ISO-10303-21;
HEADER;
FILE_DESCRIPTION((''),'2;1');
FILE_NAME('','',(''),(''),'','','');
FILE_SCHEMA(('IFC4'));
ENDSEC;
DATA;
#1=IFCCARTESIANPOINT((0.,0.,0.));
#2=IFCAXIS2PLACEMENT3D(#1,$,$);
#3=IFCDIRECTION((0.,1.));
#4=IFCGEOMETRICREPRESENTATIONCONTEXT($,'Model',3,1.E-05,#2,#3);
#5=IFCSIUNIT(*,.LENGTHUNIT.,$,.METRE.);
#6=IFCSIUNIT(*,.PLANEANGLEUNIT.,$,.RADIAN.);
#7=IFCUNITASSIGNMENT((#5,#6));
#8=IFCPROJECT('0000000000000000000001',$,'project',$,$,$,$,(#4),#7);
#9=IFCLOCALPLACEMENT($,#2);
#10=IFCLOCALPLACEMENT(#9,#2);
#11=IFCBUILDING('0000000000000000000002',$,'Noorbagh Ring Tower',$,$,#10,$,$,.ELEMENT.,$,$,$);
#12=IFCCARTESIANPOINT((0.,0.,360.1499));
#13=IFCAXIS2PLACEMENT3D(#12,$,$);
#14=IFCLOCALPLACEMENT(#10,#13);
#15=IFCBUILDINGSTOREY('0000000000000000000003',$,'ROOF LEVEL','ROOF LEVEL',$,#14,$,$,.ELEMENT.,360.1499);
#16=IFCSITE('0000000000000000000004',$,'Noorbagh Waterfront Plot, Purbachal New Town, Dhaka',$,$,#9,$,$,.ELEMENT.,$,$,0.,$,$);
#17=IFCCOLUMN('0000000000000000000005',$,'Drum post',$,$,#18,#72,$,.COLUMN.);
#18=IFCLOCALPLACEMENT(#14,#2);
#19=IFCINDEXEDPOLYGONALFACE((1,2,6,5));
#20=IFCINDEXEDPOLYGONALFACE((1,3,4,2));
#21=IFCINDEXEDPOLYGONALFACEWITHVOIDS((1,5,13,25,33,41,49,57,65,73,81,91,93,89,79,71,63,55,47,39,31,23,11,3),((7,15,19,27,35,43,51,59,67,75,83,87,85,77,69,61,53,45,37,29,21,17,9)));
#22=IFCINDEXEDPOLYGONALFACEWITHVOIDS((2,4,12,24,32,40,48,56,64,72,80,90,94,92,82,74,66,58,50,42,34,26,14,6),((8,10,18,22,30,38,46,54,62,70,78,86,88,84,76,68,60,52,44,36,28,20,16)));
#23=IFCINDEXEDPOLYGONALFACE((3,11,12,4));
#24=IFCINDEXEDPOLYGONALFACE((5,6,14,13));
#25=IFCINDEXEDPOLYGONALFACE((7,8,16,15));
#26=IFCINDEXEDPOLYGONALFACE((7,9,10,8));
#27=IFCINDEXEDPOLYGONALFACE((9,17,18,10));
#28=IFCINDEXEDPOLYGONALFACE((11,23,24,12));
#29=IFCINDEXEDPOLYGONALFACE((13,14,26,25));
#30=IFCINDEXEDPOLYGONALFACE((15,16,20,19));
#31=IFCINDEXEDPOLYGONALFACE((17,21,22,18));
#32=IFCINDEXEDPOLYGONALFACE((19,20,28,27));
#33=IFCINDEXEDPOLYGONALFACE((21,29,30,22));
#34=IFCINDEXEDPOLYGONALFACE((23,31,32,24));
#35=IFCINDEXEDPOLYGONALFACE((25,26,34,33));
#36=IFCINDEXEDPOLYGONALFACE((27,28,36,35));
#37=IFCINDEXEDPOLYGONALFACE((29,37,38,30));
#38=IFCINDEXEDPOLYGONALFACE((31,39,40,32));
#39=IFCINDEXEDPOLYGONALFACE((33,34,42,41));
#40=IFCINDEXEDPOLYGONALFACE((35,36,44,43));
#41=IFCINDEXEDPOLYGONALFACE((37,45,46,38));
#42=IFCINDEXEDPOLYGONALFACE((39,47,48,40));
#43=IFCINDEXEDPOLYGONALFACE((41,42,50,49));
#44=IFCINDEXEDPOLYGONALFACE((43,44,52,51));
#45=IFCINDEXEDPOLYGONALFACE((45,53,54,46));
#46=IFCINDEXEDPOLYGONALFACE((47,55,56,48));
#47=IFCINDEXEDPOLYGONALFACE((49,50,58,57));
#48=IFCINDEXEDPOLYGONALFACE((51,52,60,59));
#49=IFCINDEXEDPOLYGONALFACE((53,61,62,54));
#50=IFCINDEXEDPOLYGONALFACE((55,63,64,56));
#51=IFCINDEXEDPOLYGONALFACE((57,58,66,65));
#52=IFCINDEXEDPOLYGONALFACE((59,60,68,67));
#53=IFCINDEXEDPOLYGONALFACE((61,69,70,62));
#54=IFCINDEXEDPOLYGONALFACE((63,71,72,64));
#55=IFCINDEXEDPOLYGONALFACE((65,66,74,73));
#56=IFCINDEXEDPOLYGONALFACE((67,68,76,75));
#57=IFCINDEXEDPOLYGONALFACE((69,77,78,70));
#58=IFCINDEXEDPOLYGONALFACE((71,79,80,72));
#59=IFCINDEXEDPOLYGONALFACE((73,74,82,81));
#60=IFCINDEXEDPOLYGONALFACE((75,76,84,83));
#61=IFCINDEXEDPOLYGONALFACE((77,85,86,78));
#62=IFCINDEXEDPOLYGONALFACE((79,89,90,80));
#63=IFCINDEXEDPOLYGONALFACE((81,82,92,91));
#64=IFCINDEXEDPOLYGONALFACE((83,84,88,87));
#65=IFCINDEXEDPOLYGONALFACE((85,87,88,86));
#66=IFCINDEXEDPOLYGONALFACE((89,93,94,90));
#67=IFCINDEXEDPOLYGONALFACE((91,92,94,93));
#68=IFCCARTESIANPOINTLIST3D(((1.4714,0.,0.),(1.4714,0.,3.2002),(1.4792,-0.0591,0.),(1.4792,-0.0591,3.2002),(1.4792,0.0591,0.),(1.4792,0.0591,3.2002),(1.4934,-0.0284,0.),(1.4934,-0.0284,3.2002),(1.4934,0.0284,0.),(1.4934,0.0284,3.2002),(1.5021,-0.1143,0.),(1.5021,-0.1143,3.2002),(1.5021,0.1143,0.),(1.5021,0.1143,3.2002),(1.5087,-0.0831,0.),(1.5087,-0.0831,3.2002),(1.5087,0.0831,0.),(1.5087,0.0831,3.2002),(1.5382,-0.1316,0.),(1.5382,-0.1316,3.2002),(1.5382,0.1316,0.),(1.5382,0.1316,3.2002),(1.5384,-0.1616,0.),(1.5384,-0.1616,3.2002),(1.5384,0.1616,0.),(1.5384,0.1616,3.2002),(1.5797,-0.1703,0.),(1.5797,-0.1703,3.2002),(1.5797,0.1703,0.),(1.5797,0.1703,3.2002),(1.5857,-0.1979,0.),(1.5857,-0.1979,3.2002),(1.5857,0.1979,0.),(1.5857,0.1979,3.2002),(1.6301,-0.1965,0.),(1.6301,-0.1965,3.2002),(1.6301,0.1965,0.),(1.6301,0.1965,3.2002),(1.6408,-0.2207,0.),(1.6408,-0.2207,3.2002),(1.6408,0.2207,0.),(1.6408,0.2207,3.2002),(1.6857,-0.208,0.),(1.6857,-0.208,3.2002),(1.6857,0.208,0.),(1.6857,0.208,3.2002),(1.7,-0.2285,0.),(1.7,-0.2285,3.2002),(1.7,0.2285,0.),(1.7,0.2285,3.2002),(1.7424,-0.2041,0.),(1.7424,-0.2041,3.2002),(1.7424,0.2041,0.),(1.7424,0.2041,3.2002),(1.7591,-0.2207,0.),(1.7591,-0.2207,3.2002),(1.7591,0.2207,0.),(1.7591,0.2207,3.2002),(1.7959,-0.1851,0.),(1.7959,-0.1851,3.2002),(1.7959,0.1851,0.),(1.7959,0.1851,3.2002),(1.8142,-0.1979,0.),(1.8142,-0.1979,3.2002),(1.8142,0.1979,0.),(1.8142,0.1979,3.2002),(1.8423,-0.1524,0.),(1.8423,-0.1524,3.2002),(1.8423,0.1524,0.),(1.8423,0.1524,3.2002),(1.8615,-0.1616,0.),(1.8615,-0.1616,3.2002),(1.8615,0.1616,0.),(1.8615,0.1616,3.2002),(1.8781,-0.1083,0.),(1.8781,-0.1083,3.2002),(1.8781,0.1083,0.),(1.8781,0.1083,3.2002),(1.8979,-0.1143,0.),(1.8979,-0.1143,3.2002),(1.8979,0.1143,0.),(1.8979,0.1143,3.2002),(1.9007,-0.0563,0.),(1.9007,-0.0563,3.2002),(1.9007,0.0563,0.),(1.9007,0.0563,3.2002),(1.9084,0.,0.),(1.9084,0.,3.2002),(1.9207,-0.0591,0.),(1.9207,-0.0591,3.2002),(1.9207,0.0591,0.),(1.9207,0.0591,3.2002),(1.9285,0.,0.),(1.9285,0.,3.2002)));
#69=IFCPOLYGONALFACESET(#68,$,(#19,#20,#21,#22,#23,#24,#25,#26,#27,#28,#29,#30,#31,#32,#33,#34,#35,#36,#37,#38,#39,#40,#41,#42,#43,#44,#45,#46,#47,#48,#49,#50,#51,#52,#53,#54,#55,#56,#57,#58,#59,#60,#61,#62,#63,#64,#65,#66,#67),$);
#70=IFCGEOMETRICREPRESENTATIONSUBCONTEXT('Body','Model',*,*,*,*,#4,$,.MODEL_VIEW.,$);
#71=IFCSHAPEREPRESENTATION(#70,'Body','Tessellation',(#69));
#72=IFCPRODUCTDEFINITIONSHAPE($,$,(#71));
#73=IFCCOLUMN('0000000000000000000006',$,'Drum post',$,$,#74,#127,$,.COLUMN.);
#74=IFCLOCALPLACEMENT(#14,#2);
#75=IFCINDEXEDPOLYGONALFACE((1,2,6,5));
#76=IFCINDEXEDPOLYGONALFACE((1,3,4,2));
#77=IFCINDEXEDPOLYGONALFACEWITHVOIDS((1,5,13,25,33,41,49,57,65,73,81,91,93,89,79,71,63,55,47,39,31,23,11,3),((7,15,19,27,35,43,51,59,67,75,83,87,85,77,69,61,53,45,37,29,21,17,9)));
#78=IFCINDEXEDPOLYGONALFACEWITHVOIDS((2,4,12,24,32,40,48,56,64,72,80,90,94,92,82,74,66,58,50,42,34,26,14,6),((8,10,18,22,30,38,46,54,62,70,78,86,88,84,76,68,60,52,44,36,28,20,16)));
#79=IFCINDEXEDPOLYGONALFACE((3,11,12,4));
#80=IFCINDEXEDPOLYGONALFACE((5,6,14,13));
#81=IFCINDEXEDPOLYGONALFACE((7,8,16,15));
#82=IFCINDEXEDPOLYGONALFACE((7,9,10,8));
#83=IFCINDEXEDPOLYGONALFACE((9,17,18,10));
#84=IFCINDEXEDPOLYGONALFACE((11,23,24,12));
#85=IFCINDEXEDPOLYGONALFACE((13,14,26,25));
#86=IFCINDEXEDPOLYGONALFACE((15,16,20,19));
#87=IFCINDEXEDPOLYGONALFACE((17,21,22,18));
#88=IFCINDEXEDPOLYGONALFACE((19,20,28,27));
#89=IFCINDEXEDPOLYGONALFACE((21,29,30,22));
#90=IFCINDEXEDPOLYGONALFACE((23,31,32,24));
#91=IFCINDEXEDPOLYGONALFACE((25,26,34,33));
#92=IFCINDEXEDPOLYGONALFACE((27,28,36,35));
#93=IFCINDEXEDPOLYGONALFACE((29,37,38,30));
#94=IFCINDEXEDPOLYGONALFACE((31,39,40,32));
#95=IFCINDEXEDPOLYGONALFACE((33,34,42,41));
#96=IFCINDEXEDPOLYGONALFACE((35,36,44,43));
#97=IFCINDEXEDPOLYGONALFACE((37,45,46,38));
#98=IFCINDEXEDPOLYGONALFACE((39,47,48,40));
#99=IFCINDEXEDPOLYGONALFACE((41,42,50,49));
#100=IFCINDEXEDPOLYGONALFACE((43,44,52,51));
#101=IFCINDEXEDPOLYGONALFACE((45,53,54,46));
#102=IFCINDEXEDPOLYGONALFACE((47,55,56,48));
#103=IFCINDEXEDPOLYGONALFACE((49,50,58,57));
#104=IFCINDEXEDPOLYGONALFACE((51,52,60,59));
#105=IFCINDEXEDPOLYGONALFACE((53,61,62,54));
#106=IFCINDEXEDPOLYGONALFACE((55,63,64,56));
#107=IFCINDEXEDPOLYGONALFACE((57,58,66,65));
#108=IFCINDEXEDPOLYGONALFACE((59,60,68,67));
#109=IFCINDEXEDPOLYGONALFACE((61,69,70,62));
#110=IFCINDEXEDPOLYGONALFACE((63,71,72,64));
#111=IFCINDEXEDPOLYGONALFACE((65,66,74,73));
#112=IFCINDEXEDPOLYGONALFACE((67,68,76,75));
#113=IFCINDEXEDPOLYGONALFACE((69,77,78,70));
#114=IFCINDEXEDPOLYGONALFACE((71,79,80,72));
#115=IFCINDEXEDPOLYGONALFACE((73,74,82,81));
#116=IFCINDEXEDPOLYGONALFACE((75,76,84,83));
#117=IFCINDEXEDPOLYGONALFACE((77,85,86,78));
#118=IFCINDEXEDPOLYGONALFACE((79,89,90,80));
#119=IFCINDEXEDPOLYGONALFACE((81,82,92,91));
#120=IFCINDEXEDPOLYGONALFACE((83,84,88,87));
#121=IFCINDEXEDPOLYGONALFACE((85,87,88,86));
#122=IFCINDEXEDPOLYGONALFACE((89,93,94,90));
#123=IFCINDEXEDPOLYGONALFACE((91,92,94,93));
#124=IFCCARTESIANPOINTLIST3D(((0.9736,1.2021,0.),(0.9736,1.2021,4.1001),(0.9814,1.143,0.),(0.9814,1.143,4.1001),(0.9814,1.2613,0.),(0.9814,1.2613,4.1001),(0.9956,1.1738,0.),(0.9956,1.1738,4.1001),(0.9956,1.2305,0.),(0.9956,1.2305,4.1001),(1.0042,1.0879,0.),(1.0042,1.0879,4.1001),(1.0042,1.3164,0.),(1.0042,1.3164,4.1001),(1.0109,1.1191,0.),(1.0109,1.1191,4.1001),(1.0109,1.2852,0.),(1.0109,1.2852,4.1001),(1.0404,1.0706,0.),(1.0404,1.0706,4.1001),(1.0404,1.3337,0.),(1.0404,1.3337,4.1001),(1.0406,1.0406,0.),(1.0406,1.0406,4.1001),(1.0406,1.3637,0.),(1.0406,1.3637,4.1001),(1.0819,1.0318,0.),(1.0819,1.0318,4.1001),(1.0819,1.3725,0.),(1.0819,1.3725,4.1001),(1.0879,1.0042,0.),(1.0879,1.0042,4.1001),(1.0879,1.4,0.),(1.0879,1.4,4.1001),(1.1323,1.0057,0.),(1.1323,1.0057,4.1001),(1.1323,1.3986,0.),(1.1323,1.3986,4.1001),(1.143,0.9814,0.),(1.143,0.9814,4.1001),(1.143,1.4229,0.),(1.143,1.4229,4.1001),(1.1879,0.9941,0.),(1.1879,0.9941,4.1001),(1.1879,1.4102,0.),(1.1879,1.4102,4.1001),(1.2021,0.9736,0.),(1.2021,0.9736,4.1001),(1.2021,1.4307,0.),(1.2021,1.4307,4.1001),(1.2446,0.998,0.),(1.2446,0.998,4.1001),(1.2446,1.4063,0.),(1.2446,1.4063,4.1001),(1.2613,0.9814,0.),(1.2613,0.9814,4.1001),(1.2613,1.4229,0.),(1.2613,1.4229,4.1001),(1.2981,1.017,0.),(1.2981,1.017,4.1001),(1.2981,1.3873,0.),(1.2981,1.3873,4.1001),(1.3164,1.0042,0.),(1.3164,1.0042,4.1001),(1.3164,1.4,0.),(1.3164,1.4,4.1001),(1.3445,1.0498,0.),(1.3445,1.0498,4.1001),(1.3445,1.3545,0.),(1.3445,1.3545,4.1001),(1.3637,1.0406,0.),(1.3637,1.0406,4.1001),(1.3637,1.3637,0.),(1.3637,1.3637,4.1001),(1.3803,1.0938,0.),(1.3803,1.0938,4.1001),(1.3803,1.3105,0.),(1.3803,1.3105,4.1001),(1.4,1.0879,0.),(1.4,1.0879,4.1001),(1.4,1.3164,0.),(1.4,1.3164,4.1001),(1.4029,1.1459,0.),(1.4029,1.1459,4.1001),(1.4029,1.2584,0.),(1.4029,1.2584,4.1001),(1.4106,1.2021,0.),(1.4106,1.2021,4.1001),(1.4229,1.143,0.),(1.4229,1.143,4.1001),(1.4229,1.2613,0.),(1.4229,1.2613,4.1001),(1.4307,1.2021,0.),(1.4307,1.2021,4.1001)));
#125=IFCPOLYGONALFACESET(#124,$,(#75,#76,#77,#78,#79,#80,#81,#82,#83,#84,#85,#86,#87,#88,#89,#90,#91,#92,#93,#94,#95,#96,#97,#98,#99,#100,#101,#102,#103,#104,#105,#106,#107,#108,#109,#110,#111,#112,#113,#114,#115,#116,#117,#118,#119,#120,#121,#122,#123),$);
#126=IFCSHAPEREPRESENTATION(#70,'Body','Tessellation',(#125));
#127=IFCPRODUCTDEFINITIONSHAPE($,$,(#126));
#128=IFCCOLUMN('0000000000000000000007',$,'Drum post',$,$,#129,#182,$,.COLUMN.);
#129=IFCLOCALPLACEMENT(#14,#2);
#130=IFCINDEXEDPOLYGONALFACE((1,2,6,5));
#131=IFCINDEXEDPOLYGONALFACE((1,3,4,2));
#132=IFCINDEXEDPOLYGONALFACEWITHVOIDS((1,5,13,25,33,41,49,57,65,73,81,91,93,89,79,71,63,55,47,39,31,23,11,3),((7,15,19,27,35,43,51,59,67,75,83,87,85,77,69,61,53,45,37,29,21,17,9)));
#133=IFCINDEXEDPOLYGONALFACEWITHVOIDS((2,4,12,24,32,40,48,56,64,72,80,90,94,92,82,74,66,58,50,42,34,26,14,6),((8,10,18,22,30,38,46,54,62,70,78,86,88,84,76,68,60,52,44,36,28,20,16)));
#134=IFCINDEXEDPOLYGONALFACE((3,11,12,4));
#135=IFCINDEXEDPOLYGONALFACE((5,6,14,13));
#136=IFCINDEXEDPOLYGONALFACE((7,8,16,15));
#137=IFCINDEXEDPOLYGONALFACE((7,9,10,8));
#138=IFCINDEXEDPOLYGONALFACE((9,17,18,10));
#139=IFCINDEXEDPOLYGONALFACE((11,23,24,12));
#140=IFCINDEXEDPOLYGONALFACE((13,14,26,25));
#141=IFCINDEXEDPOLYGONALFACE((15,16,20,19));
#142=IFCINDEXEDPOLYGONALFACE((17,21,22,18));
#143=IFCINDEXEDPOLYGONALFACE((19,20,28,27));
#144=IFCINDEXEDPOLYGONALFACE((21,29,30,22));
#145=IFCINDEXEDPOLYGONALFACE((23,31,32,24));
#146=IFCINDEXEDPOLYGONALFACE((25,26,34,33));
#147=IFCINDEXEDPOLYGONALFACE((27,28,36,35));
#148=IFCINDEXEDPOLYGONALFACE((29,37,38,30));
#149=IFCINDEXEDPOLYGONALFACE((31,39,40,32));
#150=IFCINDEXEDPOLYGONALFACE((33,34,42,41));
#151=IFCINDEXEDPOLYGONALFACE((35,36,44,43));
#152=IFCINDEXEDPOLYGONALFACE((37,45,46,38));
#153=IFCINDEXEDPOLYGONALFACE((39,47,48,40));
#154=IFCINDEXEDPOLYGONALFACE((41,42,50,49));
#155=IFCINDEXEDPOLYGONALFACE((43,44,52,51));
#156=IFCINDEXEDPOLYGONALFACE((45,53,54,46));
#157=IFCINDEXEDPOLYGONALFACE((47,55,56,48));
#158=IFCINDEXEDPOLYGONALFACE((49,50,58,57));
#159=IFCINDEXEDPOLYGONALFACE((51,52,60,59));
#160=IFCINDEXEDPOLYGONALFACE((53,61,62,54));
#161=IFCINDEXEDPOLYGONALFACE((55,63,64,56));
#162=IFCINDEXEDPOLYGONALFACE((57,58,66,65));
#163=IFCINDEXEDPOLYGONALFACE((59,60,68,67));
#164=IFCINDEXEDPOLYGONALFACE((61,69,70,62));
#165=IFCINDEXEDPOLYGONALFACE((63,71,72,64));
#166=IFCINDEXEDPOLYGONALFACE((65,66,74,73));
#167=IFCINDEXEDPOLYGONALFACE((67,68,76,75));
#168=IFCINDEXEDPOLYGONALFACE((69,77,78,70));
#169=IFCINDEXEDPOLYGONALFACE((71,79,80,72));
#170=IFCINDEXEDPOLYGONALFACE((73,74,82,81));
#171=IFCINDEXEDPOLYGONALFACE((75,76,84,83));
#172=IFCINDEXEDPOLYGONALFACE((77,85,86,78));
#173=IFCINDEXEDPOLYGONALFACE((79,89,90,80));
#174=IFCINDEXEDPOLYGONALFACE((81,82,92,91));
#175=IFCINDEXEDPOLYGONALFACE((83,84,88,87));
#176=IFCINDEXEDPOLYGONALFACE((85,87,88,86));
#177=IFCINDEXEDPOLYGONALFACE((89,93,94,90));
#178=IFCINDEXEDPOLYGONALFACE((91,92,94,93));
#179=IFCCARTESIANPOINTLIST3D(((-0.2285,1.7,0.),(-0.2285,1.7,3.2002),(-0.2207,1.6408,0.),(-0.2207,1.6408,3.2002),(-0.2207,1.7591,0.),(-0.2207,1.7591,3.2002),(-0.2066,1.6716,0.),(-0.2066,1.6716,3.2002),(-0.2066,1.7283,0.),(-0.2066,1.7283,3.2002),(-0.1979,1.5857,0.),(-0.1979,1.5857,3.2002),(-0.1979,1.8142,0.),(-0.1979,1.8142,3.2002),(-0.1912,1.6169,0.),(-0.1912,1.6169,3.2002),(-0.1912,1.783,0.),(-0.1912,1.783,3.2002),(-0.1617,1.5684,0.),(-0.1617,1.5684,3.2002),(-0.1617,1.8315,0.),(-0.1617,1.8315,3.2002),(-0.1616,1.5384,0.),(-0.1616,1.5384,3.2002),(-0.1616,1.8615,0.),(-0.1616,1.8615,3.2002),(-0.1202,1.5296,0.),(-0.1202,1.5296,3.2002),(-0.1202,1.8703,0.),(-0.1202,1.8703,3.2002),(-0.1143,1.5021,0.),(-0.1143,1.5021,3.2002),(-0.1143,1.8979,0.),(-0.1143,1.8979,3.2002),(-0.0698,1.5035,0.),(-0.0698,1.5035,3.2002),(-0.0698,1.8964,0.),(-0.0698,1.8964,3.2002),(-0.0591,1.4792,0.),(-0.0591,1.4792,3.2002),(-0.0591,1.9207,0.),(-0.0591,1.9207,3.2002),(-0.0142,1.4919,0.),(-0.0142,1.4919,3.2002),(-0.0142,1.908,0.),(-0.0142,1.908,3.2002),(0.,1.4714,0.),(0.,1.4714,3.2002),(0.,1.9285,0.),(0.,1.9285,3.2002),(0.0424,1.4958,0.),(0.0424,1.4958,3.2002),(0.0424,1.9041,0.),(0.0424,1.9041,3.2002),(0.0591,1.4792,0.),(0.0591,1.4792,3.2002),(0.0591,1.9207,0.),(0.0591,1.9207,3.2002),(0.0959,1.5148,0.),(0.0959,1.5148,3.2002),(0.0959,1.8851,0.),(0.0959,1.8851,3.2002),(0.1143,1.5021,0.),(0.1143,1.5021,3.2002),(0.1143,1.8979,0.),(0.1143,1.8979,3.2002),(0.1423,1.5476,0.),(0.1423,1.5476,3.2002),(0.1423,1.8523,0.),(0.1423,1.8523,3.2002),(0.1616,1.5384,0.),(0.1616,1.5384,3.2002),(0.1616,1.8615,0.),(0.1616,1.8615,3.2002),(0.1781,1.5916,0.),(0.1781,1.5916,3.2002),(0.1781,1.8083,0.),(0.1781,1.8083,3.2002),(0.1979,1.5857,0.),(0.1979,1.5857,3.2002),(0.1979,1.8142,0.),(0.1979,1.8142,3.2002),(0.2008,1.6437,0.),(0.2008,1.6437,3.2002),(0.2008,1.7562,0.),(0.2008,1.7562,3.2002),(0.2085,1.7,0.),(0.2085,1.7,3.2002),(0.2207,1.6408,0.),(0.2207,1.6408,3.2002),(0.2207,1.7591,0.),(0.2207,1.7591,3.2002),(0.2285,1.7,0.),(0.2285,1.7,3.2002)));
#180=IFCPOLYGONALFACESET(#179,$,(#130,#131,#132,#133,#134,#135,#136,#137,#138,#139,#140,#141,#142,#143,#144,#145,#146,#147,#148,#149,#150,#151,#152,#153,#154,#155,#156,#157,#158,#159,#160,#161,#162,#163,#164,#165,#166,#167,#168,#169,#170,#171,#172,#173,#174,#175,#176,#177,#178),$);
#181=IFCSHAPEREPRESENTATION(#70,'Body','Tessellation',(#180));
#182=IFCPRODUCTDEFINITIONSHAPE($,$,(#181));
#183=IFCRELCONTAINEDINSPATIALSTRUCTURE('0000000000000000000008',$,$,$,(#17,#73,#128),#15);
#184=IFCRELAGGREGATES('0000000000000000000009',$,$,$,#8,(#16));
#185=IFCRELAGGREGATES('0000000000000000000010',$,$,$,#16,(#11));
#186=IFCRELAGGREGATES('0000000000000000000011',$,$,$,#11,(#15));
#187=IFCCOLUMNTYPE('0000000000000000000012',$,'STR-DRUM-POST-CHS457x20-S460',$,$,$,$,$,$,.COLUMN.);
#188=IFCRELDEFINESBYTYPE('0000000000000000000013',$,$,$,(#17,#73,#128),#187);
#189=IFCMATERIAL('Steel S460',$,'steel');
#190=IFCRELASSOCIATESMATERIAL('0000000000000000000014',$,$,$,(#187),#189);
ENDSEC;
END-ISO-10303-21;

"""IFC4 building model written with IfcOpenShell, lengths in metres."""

from ifc_helpers import new_model, si_unit, direction, frame, origin, origin_2d, place, context, subcontext, project, spatial, hollow_circle, extrude, material, material_profile, profile_set, type_object, element, save


model = new_model("IFC4")

# Units and contexts
model_context = context("Model", 3, precision=1e-05, world=origin(), true_north=direction((0.0, 1.0)))
body_context = subcontext(model_context, "Body", "Model", "MODEL_VIEW")
ifc_project = project(units=[si_unit("LENGTHUNIT", "METRE"), si_unit("PLANEANGLEUNIT", "RADIAN")], contexts=[model_context])

# Site, building, storey
site_placement = place(None, origin())
site = spatial("IfcSite", under=ifc_project, at=site_placement, Name="Noorbagh Waterfront Plot, Purbachal New Town, Dhaka", CompositionType="ELEMENT", RefElevation=0.0)
building_placement = place(site_placement, origin())
building = spatial("IfcBuilding", under=site, at=building_placement, Name="Noorbagh Ring Tower", CompositionType="ELEMENT")
storey_placement = place(building_placement, frame((0.0, 0.0, 360.1499)))
storey = spatial("IfcBuildingStorey", under=building, at=storey_placement, Name="ROOF LEVEL", Description="ROOF LEVEL", CompositionType="ELEMENT", Elevation=360.1499)

# Columns
ifc_material_1 = material(Name="Steel S460", Category="steel")
ifc_material_profile_1 = material_profile(ifc_material_1, hollow_circle(Radius=0.2285, WallThickness=0.02, at=origin_2d()), Name="CHS457x20")
ifc_profile_set_1 = profile_set([ifc_material_profile_1], Name="Steel S460")
column_type = type_object("IfcColumnType", Name="STR-DRUM-POST-CHS457x20-S460", PredefinedType="COLUMN", material=ifc_profile_set_1)
column_1_placement = place(storey_placement, frame((1.7, 0.0, 0.0), z_axis=(0.0, 0.0, 1.0), x_axis=(1.0, 0.0, 0.0)))
element("IfcColumn", 1, at=column_1_placement, inside=storey, type_object=column_type, Name="Drum post", PredefinedType="COLUMN", context=body_context, shape_type="SweptSolid", body=[
    extrude(hollow_circle(Radius=0.2285, WallThickness=0.02, at=origin_2d()), origin(), (0.0, 0.0, 1.0), 3.2002),
])
column_2_placement = place(storey_placement, frame((1.2021, 1.2021, 0.0), z_axis=(0.0, 0.0, 1.0), x_axis=(1.0, 0.0, 0.0)))
element("IfcColumn", 2, at=column_2_placement, inside=storey, type_object=column_type, Name="Drum post", PredefinedType="COLUMN", context=body_context, shape_type="SweptSolid", body=[
    extrude(hollow_circle(Radius=0.2285, WallThickness=0.02, at=origin_2d()), origin(), (0.0, 0.0, 1.0), 4.1001),
])
column_3_placement = place(storey_placement, frame((0.0, 1.7, 0.0), z_axis=(0.0, 0.0, 1.0), x_axis=(1.0, 0.0, 0.0)))
element("IfcColumn", 3, at=column_3_placement, inside=storey, type_object=column_type, Name="Drum post", PredefinedType="COLUMN", context=body_context, shape_type="SweptSolid", body=[
    extrude(hollow_circle(Radius=0.2285, WallThickness=0.02, at=origin_2d()), origin(), (0.0, 0.0, 1.0), 3.2002),
])

save(model, "model.ifc")
